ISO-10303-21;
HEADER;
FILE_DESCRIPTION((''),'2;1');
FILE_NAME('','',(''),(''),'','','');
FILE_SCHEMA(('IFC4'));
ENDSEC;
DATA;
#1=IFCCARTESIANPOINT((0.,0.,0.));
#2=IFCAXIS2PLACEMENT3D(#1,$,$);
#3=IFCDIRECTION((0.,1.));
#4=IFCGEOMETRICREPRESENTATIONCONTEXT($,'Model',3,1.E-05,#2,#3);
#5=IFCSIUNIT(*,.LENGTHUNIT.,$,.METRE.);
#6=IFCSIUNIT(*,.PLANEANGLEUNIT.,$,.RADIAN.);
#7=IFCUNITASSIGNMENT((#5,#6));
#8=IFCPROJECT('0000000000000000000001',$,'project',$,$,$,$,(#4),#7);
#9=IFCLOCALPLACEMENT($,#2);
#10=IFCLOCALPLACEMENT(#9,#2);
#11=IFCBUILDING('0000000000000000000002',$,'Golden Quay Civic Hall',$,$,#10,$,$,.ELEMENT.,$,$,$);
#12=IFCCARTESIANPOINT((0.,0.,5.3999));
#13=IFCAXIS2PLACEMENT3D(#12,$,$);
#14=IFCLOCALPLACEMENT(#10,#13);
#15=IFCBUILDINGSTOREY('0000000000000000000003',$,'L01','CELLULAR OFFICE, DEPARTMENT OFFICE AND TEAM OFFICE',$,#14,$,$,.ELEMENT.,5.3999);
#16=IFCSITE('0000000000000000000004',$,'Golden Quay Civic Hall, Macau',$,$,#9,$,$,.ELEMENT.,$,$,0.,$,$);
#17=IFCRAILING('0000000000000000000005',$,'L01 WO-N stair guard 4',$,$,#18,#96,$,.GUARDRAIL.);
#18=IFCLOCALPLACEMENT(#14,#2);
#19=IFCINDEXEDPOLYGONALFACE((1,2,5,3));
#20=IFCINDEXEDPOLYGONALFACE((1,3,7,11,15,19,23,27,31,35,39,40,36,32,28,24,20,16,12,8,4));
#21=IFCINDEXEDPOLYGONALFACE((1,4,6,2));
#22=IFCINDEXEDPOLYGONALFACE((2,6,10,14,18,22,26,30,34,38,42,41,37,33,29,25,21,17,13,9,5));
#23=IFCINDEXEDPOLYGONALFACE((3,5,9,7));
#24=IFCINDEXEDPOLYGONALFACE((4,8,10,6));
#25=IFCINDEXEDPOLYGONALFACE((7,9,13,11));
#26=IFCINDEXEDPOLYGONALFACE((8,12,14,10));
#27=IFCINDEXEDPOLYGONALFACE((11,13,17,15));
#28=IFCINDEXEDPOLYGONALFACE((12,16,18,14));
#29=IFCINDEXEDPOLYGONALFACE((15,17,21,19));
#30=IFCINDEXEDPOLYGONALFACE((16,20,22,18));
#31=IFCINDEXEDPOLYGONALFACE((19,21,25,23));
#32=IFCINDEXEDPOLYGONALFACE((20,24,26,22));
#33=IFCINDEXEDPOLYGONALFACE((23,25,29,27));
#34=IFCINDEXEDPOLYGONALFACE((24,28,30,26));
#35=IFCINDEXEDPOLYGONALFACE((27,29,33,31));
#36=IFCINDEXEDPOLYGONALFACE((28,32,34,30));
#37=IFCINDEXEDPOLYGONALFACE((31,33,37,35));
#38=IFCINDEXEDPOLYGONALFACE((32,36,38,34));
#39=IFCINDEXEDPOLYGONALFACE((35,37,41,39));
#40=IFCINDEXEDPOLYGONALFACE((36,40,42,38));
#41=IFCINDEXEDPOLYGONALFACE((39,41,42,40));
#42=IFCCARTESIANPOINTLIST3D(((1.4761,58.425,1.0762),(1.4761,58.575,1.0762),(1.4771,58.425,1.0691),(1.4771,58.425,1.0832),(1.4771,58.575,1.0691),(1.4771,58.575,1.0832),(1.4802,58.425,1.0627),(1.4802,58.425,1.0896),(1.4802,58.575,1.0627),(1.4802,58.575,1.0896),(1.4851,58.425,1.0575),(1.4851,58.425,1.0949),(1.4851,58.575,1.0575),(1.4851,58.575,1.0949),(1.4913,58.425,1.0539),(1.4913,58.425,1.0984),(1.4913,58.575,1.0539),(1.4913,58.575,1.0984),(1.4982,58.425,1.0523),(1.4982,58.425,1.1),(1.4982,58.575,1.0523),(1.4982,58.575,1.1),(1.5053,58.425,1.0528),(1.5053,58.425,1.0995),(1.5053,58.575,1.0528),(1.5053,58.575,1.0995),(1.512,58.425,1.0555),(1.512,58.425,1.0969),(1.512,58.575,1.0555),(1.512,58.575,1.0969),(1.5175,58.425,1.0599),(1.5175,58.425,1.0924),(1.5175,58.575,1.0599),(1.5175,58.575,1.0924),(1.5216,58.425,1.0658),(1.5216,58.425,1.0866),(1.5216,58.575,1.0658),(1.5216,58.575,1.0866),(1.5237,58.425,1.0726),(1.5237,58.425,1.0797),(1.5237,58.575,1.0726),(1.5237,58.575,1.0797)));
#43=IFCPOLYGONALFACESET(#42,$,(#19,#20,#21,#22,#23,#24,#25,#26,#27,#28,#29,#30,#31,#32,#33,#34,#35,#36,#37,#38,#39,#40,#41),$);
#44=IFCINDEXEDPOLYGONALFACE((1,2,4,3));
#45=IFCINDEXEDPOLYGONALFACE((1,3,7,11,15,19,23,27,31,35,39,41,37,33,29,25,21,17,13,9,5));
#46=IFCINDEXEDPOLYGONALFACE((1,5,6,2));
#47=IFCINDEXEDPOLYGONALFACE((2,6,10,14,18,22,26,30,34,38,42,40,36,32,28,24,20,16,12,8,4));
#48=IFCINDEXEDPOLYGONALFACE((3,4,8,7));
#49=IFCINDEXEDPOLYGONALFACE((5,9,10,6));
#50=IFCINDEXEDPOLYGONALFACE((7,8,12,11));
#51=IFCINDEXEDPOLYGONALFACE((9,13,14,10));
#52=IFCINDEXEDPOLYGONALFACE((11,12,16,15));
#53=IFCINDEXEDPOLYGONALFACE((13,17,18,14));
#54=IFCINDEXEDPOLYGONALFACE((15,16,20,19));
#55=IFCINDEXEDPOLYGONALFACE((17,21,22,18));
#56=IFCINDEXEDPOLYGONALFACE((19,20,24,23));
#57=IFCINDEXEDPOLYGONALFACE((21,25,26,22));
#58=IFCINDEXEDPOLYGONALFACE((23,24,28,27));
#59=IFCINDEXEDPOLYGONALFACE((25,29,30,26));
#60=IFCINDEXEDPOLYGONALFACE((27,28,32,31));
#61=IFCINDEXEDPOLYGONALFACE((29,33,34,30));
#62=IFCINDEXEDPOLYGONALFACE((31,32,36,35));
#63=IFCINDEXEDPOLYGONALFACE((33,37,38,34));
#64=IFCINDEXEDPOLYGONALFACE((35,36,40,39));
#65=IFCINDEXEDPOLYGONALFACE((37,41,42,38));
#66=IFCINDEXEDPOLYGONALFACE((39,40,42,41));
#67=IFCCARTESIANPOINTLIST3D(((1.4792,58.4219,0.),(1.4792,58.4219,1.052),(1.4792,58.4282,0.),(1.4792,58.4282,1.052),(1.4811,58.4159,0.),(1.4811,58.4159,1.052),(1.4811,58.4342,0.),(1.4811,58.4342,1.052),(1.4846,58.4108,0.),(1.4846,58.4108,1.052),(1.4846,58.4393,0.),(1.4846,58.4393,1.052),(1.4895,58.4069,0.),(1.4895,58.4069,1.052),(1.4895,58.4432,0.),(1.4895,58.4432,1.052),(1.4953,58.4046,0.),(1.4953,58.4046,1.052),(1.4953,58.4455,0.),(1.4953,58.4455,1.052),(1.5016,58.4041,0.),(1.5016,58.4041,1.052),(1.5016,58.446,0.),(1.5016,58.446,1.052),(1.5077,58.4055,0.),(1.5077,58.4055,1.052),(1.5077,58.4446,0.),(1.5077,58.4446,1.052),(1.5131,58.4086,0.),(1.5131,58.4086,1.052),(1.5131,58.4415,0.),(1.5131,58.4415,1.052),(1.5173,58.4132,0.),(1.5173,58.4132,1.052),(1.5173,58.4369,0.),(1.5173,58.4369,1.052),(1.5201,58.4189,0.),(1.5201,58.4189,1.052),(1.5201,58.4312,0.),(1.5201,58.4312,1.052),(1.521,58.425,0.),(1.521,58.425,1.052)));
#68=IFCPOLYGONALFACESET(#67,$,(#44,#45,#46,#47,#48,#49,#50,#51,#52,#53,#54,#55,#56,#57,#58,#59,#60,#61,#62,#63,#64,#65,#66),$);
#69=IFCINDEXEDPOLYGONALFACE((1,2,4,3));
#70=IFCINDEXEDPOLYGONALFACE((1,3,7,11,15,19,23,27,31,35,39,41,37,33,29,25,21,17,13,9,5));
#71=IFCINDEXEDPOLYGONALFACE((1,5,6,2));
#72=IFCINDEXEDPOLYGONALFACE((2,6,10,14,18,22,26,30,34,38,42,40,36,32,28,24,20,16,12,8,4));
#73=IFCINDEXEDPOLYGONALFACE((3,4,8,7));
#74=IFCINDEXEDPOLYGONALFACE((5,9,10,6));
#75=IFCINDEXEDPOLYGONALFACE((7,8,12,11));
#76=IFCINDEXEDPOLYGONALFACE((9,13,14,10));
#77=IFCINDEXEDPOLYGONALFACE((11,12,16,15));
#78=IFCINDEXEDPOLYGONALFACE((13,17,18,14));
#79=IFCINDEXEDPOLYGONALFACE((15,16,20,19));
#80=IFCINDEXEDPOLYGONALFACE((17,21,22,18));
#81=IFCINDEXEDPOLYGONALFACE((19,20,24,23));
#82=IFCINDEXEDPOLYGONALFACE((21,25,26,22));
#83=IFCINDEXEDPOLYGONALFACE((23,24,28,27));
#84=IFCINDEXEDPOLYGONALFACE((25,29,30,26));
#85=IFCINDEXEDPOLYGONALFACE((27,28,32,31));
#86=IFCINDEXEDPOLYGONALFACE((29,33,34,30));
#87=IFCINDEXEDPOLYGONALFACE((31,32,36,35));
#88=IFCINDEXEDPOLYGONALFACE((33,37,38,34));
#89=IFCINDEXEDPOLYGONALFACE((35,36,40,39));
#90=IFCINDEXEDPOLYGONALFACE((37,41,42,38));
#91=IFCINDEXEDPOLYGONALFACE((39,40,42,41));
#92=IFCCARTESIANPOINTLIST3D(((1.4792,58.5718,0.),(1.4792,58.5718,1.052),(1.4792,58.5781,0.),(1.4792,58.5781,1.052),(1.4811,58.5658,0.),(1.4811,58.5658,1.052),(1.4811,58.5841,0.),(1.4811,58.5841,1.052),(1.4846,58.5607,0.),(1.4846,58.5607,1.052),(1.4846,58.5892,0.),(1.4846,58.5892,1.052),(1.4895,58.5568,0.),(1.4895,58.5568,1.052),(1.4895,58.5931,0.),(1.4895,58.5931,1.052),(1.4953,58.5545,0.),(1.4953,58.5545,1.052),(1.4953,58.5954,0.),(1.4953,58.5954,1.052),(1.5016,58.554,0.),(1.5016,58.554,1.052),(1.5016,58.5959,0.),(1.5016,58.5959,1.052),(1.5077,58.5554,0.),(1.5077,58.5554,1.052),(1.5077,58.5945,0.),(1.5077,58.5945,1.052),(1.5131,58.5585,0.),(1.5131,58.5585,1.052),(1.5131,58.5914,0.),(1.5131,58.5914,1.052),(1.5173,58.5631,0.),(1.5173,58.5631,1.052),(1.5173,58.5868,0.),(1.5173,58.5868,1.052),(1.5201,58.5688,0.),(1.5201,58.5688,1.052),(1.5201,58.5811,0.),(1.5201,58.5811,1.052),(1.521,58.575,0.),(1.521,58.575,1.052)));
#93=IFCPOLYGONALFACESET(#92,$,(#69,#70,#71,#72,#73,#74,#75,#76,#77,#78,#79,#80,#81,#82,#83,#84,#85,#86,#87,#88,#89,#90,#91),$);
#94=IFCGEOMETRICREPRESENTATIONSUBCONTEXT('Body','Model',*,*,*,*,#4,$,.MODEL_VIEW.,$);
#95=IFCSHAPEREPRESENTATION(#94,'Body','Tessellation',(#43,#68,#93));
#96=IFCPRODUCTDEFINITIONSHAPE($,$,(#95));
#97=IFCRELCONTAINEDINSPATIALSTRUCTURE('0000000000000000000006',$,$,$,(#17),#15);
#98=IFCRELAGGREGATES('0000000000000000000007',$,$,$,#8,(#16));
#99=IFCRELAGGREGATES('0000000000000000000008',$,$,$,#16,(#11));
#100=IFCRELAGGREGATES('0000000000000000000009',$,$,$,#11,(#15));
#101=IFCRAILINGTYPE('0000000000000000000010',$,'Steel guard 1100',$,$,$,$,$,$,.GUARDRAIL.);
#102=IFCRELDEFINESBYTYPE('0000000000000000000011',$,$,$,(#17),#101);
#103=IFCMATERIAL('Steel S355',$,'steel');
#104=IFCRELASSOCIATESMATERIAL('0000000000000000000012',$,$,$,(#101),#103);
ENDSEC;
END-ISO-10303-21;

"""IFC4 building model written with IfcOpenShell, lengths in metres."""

from ifc_helpers import new_model, si_unit, direction, frame, origin, origin_2d, place, context, subcontext, project, spatial, circle, extrude, material, type_object, element, save


model = new_model("IFC4")

# Units and contexts
model_context = context("Model", 3, precision=1e-05, world=origin(), true_north=direction((0.0, 1.0)))
body_context = subcontext(model_context, "Body", "Model", "MODEL_VIEW")
ifc_project = project(units=[si_unit("LENGTHUNIT", "METRE"), si_unit("PLANEANGLEUNIT", "RADIAN")], contexts=[model_context])

# Site, building, storey
site_placement = place(None, origin())
site = spatial("IfcSite", under=ifc_project, at=site_placement, Name="Golden Quay Civic Hall, Macau", CompositionType="ELEMENT", RefElevation=0.0)
building_placement = place(site_placement, origin())
building = spatial("IfcBuilding", under=site, at=building_placement, Name="Golden Quay Civic Hall", CompositionType="ELEMENT")
storey_placement = place(building_placement, frame((0.0, 0.0, 5.3999)))
storey = spatial("IfcBuildingStorey", under=building, at=storey_placement, Name="L01", Description="CELLULAR OFFICE, DEPARTMENT OFFICE AND TEAM OFFICE", CompositionType="ELEMENT", Elevation=5.3999)

# Railing
ifc_material_1 = material(Name="Steel S355", Category="steel")
railing_type_1 = type_object("IfcRailingType", Name="Steel guard 1100", PredefinedType="GUARDRAIL", material=ifc_material_1)
railing_1_placement = place(storey_placement, frame((1.5, 58.425, 0.0)))
element("IfcRailing", 1, at=railing_1_placement, inside=storey, type_object=railing_type_1, Name="L01 WO-N stair guard 4", PredefinedType="GUARDRAIL", context=body_context, shape_type="SweptSolid", body=[
    extrude(circle(Radius=0.0239, at=origin_2d()), frame((0.0, 0.0, 1.0762), z_axis=(0.0, 1.0, 0.0), x_axis=(-1.0, 0.0, 0.0)), (0.0, 0.0, 1.0), 0.1499),
    extrude(circle(Radius=0.021, at=origin_2d()), origin(), (0.0, 0.0, 1.0), 1.052),
    extrude(circle(Radius=0.021, at=origin_2d()), frame((0.0, 0.1499, 0.0)), (0.0, 0.0, 1.0), 1.052),
])

save(model, "model.ifc")
